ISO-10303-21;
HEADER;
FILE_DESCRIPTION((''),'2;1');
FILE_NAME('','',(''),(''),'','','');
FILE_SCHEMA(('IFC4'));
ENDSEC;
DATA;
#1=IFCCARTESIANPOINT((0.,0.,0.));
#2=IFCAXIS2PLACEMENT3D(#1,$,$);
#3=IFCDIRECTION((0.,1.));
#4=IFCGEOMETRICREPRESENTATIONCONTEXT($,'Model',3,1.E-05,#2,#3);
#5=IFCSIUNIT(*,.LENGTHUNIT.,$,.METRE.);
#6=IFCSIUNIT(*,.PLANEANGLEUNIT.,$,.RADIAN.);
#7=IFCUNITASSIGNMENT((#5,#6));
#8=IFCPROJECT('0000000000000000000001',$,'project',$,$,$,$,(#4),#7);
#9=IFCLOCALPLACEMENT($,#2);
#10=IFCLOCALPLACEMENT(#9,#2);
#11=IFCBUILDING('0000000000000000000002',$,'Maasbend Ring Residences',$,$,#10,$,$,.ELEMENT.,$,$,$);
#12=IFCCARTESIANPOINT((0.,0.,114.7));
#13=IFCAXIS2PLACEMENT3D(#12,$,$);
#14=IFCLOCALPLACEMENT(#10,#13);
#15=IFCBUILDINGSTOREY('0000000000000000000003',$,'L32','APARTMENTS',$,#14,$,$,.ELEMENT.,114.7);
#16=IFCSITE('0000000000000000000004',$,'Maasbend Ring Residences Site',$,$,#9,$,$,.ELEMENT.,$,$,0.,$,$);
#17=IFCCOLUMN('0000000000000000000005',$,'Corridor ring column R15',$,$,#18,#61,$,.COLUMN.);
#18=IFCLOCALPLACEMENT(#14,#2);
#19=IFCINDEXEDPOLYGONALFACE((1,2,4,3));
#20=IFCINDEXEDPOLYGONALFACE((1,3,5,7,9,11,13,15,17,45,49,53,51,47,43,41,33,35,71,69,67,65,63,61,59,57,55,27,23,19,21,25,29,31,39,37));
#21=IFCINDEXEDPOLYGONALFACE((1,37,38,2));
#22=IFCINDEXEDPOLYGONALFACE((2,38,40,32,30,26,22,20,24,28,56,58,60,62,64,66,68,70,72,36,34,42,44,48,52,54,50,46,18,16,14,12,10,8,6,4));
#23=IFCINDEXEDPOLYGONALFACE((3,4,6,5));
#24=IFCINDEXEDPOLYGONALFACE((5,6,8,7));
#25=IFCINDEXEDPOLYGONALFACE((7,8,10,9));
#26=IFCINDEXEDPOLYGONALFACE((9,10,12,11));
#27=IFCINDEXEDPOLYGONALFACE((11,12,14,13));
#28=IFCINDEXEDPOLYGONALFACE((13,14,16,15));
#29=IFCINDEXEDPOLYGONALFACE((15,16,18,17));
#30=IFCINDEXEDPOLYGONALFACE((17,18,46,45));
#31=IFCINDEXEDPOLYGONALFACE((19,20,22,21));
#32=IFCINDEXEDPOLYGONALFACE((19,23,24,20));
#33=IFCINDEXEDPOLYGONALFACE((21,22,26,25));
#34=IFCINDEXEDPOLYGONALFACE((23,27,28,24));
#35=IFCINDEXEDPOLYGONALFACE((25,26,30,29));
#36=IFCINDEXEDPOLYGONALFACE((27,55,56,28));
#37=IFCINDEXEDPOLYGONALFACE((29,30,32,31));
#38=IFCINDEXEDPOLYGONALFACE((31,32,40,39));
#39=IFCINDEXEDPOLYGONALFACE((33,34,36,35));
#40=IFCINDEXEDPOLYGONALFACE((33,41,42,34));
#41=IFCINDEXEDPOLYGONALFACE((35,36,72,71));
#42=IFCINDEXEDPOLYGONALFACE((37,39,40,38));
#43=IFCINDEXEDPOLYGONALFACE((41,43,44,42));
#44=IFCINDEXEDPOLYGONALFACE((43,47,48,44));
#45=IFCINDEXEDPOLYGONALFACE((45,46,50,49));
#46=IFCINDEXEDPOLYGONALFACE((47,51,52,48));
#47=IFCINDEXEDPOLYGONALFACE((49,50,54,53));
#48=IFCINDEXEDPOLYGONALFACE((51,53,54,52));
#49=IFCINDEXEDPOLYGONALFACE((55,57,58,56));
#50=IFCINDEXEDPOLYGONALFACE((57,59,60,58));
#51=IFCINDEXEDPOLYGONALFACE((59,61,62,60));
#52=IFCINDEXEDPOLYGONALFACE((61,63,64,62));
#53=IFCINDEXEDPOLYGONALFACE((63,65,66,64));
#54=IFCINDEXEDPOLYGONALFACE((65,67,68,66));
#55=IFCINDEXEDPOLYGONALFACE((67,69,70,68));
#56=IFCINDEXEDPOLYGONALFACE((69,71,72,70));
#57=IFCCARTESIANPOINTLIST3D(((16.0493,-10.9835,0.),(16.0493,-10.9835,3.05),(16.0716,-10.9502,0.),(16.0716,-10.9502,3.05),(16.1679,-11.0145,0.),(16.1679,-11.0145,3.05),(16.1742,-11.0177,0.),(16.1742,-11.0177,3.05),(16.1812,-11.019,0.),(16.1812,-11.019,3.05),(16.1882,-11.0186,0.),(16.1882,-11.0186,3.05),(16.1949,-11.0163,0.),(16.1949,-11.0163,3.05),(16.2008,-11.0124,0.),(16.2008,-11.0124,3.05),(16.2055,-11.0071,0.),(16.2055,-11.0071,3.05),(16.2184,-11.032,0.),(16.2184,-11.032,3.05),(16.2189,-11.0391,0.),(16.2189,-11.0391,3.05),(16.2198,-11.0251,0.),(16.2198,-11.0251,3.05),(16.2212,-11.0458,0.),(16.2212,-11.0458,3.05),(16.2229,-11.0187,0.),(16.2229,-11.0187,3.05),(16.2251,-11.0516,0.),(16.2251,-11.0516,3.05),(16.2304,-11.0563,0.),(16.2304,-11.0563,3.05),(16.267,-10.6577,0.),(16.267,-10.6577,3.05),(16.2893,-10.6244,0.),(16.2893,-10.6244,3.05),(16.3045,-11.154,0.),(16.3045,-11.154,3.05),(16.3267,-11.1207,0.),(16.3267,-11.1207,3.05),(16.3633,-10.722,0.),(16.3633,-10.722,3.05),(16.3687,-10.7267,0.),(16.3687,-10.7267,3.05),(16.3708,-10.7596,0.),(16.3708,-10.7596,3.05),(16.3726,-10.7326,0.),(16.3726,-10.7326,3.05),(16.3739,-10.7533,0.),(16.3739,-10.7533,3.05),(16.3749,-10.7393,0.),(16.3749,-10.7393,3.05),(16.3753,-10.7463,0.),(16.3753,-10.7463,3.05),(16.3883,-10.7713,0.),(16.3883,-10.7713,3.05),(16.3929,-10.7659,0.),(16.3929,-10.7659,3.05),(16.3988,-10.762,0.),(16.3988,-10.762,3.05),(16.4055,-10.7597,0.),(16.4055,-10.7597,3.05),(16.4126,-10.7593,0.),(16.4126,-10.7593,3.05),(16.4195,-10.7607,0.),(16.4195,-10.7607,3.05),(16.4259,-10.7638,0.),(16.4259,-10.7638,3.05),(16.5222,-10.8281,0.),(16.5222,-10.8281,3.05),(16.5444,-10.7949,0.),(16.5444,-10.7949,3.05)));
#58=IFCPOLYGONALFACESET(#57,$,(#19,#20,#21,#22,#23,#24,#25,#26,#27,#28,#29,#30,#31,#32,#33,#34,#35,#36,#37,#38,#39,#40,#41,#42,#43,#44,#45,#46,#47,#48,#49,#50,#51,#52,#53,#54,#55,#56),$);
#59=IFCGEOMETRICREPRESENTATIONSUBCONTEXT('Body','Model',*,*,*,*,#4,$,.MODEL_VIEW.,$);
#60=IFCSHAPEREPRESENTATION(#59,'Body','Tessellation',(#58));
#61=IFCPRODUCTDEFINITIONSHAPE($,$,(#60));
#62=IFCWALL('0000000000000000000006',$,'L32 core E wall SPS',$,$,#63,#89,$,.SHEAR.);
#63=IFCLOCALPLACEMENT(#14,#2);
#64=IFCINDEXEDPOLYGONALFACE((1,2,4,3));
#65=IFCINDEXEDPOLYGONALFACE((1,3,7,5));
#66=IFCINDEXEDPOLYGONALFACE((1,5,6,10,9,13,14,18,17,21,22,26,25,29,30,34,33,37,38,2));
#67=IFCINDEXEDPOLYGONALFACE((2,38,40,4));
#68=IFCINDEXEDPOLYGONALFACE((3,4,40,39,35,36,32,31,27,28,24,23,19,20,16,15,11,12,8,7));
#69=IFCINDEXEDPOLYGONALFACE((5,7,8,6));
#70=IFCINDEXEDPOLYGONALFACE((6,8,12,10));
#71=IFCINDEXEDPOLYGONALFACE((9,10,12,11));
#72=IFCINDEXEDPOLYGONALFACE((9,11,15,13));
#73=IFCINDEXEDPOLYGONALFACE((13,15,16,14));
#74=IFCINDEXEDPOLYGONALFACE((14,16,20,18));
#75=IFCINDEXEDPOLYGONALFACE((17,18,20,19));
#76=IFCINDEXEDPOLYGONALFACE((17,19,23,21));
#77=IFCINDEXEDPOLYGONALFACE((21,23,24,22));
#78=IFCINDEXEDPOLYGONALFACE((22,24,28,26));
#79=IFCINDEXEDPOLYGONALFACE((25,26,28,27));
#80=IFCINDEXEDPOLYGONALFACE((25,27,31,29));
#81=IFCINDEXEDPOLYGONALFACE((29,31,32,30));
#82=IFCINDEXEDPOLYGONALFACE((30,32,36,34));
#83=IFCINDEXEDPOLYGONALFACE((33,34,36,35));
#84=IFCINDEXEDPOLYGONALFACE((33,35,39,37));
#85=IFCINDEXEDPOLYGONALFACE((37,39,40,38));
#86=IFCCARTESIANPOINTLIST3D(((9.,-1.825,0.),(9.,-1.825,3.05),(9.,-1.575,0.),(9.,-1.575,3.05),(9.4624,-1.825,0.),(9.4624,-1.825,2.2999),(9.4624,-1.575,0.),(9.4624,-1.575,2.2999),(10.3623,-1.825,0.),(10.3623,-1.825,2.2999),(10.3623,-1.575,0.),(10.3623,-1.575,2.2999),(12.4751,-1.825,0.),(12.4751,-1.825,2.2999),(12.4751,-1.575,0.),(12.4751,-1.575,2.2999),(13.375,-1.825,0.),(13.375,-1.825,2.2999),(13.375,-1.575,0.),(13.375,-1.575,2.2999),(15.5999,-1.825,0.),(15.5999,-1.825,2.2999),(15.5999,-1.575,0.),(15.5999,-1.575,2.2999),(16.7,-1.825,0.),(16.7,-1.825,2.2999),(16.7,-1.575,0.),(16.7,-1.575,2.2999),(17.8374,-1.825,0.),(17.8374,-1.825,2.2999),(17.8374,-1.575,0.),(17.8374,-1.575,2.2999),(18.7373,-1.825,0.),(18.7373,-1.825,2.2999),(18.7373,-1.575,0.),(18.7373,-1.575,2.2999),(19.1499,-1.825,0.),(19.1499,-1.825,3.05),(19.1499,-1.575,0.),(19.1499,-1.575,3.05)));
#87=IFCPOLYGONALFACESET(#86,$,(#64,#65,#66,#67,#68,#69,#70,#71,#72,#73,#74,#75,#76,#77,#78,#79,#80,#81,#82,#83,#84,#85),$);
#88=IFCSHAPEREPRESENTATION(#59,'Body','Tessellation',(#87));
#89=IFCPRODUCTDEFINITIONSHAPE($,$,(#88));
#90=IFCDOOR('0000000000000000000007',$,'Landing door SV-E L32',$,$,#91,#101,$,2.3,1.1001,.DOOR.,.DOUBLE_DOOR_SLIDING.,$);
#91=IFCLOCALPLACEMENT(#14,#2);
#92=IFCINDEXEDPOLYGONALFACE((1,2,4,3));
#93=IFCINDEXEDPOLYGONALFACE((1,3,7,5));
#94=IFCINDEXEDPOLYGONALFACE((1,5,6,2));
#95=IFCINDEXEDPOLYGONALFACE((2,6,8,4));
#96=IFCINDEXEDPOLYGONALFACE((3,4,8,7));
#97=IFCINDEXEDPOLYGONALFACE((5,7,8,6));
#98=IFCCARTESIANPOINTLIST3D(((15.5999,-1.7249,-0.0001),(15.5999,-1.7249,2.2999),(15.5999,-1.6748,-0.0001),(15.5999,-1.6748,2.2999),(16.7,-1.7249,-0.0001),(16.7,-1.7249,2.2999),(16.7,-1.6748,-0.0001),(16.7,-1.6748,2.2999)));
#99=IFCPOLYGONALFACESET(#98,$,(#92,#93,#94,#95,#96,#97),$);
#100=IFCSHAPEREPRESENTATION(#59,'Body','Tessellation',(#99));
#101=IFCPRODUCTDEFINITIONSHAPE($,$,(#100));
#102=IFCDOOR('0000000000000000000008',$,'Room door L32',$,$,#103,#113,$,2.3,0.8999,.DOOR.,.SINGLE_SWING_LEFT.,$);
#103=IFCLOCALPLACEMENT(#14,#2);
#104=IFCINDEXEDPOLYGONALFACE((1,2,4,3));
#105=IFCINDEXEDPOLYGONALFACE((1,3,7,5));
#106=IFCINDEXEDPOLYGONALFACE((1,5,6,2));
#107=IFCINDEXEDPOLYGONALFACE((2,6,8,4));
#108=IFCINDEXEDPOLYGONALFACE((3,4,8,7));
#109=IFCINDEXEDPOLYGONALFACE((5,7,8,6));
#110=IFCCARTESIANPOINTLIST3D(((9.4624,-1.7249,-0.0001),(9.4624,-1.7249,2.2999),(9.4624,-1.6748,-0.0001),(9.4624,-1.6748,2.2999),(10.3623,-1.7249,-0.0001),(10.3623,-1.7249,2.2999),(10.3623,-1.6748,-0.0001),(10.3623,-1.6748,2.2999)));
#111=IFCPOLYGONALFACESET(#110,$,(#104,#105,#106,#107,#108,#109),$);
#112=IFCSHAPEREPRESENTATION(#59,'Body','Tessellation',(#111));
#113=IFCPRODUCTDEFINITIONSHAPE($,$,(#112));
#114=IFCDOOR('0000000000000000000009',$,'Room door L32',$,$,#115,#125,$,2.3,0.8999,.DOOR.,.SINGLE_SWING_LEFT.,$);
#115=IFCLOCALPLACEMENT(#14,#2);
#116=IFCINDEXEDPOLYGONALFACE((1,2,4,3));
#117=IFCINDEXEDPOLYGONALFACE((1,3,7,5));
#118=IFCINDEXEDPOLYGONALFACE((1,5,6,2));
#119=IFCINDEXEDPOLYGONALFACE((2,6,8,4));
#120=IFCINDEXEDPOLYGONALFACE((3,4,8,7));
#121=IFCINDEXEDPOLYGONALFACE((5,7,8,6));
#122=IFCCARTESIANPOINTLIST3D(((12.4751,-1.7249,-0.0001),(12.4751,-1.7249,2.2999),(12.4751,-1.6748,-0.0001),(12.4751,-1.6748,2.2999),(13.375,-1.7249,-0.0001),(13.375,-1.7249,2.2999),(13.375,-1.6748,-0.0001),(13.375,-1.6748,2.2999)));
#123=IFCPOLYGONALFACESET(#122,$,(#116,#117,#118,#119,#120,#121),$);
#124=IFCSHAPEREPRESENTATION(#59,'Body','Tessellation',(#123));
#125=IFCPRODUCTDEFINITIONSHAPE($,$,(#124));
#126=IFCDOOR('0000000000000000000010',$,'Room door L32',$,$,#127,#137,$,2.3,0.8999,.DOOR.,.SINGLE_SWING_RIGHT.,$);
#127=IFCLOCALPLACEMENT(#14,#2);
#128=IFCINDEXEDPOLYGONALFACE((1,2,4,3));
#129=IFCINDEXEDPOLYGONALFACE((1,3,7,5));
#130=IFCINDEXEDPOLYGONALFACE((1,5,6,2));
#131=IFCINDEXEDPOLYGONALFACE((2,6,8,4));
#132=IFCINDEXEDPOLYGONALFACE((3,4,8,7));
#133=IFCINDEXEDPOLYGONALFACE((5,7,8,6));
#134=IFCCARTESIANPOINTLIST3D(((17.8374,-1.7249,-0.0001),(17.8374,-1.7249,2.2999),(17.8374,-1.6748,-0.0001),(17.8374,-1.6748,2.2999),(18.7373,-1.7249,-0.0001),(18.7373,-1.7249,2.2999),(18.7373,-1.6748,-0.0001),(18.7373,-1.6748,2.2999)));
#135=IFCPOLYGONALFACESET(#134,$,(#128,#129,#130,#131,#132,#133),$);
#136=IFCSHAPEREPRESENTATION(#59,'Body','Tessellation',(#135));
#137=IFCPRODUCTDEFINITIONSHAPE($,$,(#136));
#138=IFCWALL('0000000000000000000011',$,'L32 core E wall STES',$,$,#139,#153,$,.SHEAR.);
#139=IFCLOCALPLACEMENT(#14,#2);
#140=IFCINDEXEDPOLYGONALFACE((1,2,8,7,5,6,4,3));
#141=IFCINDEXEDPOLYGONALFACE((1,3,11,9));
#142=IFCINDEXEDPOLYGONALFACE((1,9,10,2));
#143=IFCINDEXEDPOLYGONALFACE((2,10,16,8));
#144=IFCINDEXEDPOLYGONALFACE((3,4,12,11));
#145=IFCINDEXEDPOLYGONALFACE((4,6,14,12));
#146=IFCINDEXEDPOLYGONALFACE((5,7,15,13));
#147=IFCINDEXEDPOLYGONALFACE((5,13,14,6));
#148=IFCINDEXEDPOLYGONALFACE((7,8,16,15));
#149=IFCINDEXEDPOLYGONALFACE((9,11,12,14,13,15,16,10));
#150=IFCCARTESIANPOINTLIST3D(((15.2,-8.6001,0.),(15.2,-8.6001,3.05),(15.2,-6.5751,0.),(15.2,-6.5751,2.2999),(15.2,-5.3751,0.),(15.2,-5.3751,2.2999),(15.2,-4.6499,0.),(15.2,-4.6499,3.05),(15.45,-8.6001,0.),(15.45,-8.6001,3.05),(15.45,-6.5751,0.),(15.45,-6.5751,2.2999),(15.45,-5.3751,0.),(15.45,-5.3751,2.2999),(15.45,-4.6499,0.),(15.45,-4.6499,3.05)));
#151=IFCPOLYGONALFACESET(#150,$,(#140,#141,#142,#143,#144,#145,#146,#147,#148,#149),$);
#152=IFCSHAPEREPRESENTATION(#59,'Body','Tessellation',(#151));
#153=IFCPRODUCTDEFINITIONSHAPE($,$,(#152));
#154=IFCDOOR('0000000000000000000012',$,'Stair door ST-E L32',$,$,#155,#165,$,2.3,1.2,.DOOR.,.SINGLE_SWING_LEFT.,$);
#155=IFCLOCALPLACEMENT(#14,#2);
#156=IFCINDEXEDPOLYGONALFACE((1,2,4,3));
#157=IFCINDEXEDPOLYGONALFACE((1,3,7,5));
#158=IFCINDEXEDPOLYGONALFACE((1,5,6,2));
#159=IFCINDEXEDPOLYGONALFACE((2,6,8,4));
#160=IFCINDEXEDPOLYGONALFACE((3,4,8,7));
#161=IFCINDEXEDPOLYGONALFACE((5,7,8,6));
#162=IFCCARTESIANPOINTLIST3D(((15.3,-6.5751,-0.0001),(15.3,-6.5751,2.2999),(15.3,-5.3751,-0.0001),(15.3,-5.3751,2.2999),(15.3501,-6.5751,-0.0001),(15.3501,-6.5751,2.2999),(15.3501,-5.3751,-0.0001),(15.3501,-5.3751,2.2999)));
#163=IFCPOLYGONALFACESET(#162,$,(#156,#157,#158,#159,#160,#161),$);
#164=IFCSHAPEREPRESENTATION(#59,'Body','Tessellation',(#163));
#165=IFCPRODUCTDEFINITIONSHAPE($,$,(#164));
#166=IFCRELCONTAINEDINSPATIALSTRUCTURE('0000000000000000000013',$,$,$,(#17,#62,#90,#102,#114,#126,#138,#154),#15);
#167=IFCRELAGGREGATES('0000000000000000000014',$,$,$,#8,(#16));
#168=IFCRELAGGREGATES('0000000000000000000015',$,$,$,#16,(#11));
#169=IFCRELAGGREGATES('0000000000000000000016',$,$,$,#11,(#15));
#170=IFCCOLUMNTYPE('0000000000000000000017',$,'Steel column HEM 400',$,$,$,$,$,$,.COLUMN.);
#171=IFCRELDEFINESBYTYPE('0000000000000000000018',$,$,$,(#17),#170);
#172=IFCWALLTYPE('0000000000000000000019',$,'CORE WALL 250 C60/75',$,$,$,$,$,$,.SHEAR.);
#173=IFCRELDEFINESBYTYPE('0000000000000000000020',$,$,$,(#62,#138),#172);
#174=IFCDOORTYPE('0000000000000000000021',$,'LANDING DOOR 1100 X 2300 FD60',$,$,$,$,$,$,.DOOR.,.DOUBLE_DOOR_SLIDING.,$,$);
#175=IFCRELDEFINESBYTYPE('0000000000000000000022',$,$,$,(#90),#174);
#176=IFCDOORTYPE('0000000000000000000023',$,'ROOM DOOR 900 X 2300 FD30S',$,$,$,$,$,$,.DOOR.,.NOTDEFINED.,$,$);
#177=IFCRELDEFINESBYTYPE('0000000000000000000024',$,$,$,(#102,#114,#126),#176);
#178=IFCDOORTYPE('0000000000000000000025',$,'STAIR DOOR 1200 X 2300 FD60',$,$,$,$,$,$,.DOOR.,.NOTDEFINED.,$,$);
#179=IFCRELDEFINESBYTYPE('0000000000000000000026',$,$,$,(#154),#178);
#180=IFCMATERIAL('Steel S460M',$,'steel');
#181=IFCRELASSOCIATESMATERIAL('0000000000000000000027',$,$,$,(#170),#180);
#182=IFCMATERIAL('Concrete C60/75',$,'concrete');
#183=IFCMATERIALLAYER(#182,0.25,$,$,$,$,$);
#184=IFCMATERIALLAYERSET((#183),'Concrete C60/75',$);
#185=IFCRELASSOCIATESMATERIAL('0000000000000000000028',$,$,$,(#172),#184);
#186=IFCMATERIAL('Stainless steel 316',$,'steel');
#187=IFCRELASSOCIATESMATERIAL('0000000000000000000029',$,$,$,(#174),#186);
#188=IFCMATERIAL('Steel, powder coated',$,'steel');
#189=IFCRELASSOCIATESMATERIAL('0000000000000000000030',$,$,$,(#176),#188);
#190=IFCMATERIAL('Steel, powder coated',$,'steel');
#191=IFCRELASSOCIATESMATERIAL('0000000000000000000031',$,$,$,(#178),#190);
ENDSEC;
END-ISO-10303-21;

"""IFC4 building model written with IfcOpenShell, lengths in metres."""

from ifc_helpers import new_model, si_unit, direction, frame, frame_2d, origin, origin_2d, place, context, subcontext, project, spatial, rectangle, i_section, extrude, material, layer, layer_set, material_profile, profile_set, type_object, element, fill, save


model = new_model("IFC4")

# Units and contexts
model_context = context("Model", 3, precision=1e-05, world=origin(), true_north=direction((0.0, 1.0)))
body_context = subcontext(model_context, "Body", "Model", "MODEL_VIEW")
ifc_project = project(units=[si_unit("LENGTHUNIT", "METRE"), si_unit("PLANEANGLEUNIT", "RADIAN")], contexts=[model_context])

# Site, building, storey
site_placement = place(None, origin())
site = spatial("IfcSite", under=ifc_project, at=site_placement, Name="Maasbend Ring Residences Site", CompositionType="ELEMENT", RefElevation=0.0)
building_placement = place(site_placement, origin())
building = spatial("IfcBuilding", under=site, at=building_placement, Name="Maasbend Ring Residences", CompositionType="ELEMENT")
storey_placement = place(building_placement, frame((0.0, 0.0, 114.7)))
storey = spatial("IfcBuildingStorey", under=building, at=storey_placement, Name="L32", Description="APARTMENTS", CompositionType="ELEMENT", Elevation=114.7)

# Column
ifc_material_1 = material(Name="Steel S460M", Category="steel")
ifc_material_profile = material_profile(ifc_material_1, i_section(OverallWidth=0.3069, OverallDepth=0.4319, WebThickness=0.021, FlangeThickness=0.04, FilletRadius=0.0271, at=origin_2d()), Name="HEM 400")
ifc_profile_set = profile_set([ifc_material_profile], Name="Steel S460M")
column_type = type_object("IfcColumnType", Name="Steel column HEM 400", PredefinedType="COLUMN", material=ifc_profile_set)
column_placement = place(storey_placement, frame((16.2969, -10.8892, 0.0), z_axis=(0.0, 0.0, 1.0), x_axis=(0.83147, -0.55557, 0.0)))
element("IfcColumn", 1, at=column_placement, inside=storey, type_object=column_type, Name="Corridor ring column R15", PredefinedType="COLUMN", context=body_context, shape_type="SweptSolid", body=[
    extrude(i_section(OverallWidth=0.3069, OverallDepth=0.4319, WebThickness=0.021, FlangeThickness=0.04, FilletRadius=0.0271, at=origin_2d()), origin(), (0.0, 0.0, 1.0), 3.05),
])

# Wall, openings, doors
ifc_material_2 = material(Name="Concrete C60/75", Category="concrete")
ifc_layer_1 = layer(ifc_material_2, 0.25)
ifc_layer_set_1 = layer_set([ifc_layer_1], Name="Concrete C60/75")
wall_type_1 = type_object("IfcWallType", Name="CORE WALL 250 C60/75", PredefinedType="SHEAR", material=ifc_layer_set_1)
wall_1_placement = place(storey_placement, frame((19.1499, -1.7, 0.0), z_axis=(0.0, 0.0, 1.0), x_axis=(-1.0, 0.0, 0.0)))
wall_1 = element("IfcWall", 2, at=wall_1_placement, inside=storey, type_object=wall_type_1, Name="L32 core E wall SPS", PredefinedType="SHEAR", context=body_context, shape_type="SweptSolid", body=[
    extrude(rectangle(XDim=10.1499, YDim=0.25, at=frame_2d((5.075, 0.0))), origin(), (0.0, 0.0, 1.0), 3.05),
])
opening_1_placement = place(wall_1_placement, frame((2.45, 0.0, 0.0)))
opening_1 = element("IfcOpeningElement", 3, at=opening_1_placement, cuts=wall_1, PredefinedType="OPENING", context=body_context, shape_type="SweptSolid", body=[
    extrude(rectangle(XDim=1.1001, YDim=2.3, at=frame_2d((0.55, 1.1499))), frame((0.0, 0.135, 0.0), z_axis=(0.0, -1.0, 0.0), x_axis=(1.0, 0.0, 0.0)), (0.0, 0.0, 1.0), 0.27),
])
opening_2_placement = place(wall_1_placement, frame((8.7876, 0.0, 0.0)))
opening_2 = element("IfcOpeningElement", 4, at=opening_2_placement, cuts=wall_1, PredefinedType="OPENING", context=body_context, shape_type="SweptSolid", body=[
    extrude(rectangle(XDim=0.8999, YDim=2.3, at=frame_2d((0.45, 1.1499))), frame((0.0, 0.135, 0.0), z_axis=(0.0, -1.0, 0.0), x_axis=(1.0, 0.0, 0.0)), (0.0, 0.0, 1.0), 0.27),
])
opening_3_placement = place(wall_1_placement, frame((5.7749, 0.0, 0.0)))
opening_3 = element("IfcOpeningElement", 5, at=opening_3_placement, cuts=wall_1, PredefinedType="OPENING", context=body_context, shape_type="SweptSolid", body=[
    extrude(rectangle(XDim=0.8999, YDim=2.3, at=frame_2d((0.45, 1.1499))), frame((0.0, 0.135, 0.0), z_axis=(0.0, -1.0, 0.0), x_axis=(1.0, 0.0, 0.0)), (0.0, 0.0, 1.0), 0.27),
])
opening_4_placement = place(wall_1_placement, frame((0.4126, 0.0, 0.0)))
opening_4 = element("IfcOpeningElement", 6, at=opening_4_placement, cuts=wall_1, PredefinedType="OPENING", context=body_context, shape_type="SweptSolid", body=[
    extrude(rectangle(XDim=0.8999, YDim=2.3, at=frame_2d((0.45, 1.1499))), frame((0.0, 0.135, 0.0), z_axis=(0.0, -1.0, 0.0), x_axis=(1.0, 0.0, 0.0)), (0.0, 0.0, 1.0), 0.27),
])
ifc_material_3 = material(Name="Stainless steel 316", Category="steel")
door_type_1 = type_object("IfcDoorType", Name="LANDING DOOR 1100 X 2300 FD60", OperationType="DOUBLE_DOOR_SLIDING", PredefinedType="DOOR", material=ifc_material_3)
door_1_placement = place(opening_1_placement, origin())
door_1 = element("IfcDoor", 7, at=door_1_placement, inside=storey, type_object=door_type_1, Name="Landing door SV-E L32", OperationType="DOUBLE_DOOR_SLIDING", OverallHeight=2.3, OverallWidth=1.1001, PredefinedType="DOOR", context=body_context, shape_type="SweptSolid", body=[
    extrude(rectangle(XDim=1.1001, YDim=2.3, at=frame_2d((0.55, 1.1499))), frame((0.0, 0.0249, 0.0), z_axis=(0.0, -1.0, 0.0), x_axis=(1.0, 0.0, 0.0)), (0.0, 0.0, 1.0), 0.05),
])
fill(opening_1, door_1)
ifc_material_4 = material(Name="Steel, powder coated", Category="steel")
door_type_2 = type_object("IfcDoorType", Name="ROOM DOOR 900 X 2300 FD30S", OperationType="NOTDEFINED", PredefinedType="DOOR", material=ifc_material_4)
door_2_placement = place(opening_2_placement, origin())
door_2 = element("IfcDoor", 8, at=door_2_placement, inside=storey, type_object=door_type_2, Name="Room door L32", OperationType="SINGLE_SWING_LEFT", OverallHeight=2.3, OverallWidth=0.8999, PredefinedType="DOOR", context=body_context, shape_type="SweptSolid", body=[
    extrude(rectangle(XDim=0.8999, YDim=2.3, at=frame_2d((0.45, 1.1499))), frame((0.0, 0.0249, 0.0), z_axis=(0.0, -1.0, 0.0), x_axis=(1.0, 0.0, 0.0)), (0.0, 0.0, 1.0), 0.05),
])
fill(opening_2, door_2)
door_3_placement = place(opening_3_placement, origin())
door_3 = element("IfcDoor", 9, at=door_3_placement, inside=storey, type_object=door_type_2, Name="Room door L32", OperationType="SINGLE_SWING_LEFT", OverallHeight=2.3, OverallWidth=0.8999, PredefinedType="DOOR", context=body_context, shape_type="SweptSolid", body=[
    extrude(rectangle(XDim=0.8999, YDim=2.3, at=frame_2d((0.45, 1.1499))), frame((0.0, 0.0249, 0.0), z_axis=(0.0, -1.0, 0.0), x_axis=(1.0, 0.0, 0.0)), (0.0, 0.0, 1.0), 0.05),
])
fill(opening_3, door_3)
door_4_placement = place(opening_4_placement, origin())
door_4 = element("IfcDoor", 10, at=door_4_placement, inside=storey, type_object=door_type_2, Name="Room door L32", OperationType="SINGLE_SWING_RIGHT", OverallHeight=2.3, OverallWidth=0.8999, PredefinedType="DOOR", context=body_context, shape_type="SweptSolid", body=[
    extrude(rectangle(XDim=0.8999, YDim=2.3, at=frame_2d((0.45, 1.1499))), frame((0.0, 0.0249, 0.0), z_axis=(0.0, -1.0, 0.0), x_axis=(1.0, 0.0, 0.0)), (0.0, 0.0, 1.0), 0.05),
])
fill(opening_4, door_4)

# Wall, opening, door
wall_2_placement = place(storey_placement, frame((15.325, -8.6001, 0.0), z_axis=(0.0, 0.0, 1.0), x_axis=(0.0, 1.0, 0.0)))
wall_2 = element("IfcWall", 11, at=wall_2_placement, inside=storey, type_object=wall_type_1, Name="L32 core E wall STES", PredefinedType="SHEAR", context=body_context, shape_type="SweptSolid", body=[
    extrude(rectangle(XDim=3.9502, YDim=0.25, at=frame_2d((1.9751, 0.0))), origin(), (0.0, 0.0, 1.0), 3.05),
])
opening_5_placement = place(wall_2_placement, frame((2.0249, 0.0, 0.0)))
opening_5 = element("IfcOpeningElement", 12, at=opening_5_placement, cuts=wall_2, PredefinedType="OPENING", context=body_context, shape_type="SweptSolid", body=[
    extrude(rectangle(XDim=1.2, YDim=2.3, at=frame_2d((0.6001, 1.1499))), frame((0.0, 0.135, 0.0), z_axis=(0.0, -1.0, 0.0), x_axis=(1.0, 0.0, 0.0)), (0.0, 0.0, 1.0), 0.27),
])
ifc_material_5 = material(Name="Steel, powder coated", Category="steel")
door_type_3 = type_object("IfcDoorType", Name="STAIR DOOR 1200 X 2300 FD60", OperationType="NOTDEFINED", PredefinedType="DOOR", material=ifc_material_5)
door_5_placement = place(opening_5_placement, origin())
door_5 = element("IfcDoor", 13, at=door_5_placement, inside=storey, type_object=door_type_3, Name="Stair door ST-E L32", OperationType="SINGLE_SWING_LEFT", OverallHeight=2.3, OverallWidth=1.2, PredefinedType="DOOR", context=body_context, shape_type="SweptSolid", body=[
    extrude(rectangle(XDim=1.2, YDim=2.3, at=frame_2d((0.6001, 1.1499))), frame((0.0, 0.0249, 0.0), z_axis=(0.0, -1.0, 0.0), x_axis=(1.0, 0.0, 0.0)), (0.0, 0.0, 1.0), 0.05),
])
fill(opening_5, door_5)

save(model, "model.ifc")
